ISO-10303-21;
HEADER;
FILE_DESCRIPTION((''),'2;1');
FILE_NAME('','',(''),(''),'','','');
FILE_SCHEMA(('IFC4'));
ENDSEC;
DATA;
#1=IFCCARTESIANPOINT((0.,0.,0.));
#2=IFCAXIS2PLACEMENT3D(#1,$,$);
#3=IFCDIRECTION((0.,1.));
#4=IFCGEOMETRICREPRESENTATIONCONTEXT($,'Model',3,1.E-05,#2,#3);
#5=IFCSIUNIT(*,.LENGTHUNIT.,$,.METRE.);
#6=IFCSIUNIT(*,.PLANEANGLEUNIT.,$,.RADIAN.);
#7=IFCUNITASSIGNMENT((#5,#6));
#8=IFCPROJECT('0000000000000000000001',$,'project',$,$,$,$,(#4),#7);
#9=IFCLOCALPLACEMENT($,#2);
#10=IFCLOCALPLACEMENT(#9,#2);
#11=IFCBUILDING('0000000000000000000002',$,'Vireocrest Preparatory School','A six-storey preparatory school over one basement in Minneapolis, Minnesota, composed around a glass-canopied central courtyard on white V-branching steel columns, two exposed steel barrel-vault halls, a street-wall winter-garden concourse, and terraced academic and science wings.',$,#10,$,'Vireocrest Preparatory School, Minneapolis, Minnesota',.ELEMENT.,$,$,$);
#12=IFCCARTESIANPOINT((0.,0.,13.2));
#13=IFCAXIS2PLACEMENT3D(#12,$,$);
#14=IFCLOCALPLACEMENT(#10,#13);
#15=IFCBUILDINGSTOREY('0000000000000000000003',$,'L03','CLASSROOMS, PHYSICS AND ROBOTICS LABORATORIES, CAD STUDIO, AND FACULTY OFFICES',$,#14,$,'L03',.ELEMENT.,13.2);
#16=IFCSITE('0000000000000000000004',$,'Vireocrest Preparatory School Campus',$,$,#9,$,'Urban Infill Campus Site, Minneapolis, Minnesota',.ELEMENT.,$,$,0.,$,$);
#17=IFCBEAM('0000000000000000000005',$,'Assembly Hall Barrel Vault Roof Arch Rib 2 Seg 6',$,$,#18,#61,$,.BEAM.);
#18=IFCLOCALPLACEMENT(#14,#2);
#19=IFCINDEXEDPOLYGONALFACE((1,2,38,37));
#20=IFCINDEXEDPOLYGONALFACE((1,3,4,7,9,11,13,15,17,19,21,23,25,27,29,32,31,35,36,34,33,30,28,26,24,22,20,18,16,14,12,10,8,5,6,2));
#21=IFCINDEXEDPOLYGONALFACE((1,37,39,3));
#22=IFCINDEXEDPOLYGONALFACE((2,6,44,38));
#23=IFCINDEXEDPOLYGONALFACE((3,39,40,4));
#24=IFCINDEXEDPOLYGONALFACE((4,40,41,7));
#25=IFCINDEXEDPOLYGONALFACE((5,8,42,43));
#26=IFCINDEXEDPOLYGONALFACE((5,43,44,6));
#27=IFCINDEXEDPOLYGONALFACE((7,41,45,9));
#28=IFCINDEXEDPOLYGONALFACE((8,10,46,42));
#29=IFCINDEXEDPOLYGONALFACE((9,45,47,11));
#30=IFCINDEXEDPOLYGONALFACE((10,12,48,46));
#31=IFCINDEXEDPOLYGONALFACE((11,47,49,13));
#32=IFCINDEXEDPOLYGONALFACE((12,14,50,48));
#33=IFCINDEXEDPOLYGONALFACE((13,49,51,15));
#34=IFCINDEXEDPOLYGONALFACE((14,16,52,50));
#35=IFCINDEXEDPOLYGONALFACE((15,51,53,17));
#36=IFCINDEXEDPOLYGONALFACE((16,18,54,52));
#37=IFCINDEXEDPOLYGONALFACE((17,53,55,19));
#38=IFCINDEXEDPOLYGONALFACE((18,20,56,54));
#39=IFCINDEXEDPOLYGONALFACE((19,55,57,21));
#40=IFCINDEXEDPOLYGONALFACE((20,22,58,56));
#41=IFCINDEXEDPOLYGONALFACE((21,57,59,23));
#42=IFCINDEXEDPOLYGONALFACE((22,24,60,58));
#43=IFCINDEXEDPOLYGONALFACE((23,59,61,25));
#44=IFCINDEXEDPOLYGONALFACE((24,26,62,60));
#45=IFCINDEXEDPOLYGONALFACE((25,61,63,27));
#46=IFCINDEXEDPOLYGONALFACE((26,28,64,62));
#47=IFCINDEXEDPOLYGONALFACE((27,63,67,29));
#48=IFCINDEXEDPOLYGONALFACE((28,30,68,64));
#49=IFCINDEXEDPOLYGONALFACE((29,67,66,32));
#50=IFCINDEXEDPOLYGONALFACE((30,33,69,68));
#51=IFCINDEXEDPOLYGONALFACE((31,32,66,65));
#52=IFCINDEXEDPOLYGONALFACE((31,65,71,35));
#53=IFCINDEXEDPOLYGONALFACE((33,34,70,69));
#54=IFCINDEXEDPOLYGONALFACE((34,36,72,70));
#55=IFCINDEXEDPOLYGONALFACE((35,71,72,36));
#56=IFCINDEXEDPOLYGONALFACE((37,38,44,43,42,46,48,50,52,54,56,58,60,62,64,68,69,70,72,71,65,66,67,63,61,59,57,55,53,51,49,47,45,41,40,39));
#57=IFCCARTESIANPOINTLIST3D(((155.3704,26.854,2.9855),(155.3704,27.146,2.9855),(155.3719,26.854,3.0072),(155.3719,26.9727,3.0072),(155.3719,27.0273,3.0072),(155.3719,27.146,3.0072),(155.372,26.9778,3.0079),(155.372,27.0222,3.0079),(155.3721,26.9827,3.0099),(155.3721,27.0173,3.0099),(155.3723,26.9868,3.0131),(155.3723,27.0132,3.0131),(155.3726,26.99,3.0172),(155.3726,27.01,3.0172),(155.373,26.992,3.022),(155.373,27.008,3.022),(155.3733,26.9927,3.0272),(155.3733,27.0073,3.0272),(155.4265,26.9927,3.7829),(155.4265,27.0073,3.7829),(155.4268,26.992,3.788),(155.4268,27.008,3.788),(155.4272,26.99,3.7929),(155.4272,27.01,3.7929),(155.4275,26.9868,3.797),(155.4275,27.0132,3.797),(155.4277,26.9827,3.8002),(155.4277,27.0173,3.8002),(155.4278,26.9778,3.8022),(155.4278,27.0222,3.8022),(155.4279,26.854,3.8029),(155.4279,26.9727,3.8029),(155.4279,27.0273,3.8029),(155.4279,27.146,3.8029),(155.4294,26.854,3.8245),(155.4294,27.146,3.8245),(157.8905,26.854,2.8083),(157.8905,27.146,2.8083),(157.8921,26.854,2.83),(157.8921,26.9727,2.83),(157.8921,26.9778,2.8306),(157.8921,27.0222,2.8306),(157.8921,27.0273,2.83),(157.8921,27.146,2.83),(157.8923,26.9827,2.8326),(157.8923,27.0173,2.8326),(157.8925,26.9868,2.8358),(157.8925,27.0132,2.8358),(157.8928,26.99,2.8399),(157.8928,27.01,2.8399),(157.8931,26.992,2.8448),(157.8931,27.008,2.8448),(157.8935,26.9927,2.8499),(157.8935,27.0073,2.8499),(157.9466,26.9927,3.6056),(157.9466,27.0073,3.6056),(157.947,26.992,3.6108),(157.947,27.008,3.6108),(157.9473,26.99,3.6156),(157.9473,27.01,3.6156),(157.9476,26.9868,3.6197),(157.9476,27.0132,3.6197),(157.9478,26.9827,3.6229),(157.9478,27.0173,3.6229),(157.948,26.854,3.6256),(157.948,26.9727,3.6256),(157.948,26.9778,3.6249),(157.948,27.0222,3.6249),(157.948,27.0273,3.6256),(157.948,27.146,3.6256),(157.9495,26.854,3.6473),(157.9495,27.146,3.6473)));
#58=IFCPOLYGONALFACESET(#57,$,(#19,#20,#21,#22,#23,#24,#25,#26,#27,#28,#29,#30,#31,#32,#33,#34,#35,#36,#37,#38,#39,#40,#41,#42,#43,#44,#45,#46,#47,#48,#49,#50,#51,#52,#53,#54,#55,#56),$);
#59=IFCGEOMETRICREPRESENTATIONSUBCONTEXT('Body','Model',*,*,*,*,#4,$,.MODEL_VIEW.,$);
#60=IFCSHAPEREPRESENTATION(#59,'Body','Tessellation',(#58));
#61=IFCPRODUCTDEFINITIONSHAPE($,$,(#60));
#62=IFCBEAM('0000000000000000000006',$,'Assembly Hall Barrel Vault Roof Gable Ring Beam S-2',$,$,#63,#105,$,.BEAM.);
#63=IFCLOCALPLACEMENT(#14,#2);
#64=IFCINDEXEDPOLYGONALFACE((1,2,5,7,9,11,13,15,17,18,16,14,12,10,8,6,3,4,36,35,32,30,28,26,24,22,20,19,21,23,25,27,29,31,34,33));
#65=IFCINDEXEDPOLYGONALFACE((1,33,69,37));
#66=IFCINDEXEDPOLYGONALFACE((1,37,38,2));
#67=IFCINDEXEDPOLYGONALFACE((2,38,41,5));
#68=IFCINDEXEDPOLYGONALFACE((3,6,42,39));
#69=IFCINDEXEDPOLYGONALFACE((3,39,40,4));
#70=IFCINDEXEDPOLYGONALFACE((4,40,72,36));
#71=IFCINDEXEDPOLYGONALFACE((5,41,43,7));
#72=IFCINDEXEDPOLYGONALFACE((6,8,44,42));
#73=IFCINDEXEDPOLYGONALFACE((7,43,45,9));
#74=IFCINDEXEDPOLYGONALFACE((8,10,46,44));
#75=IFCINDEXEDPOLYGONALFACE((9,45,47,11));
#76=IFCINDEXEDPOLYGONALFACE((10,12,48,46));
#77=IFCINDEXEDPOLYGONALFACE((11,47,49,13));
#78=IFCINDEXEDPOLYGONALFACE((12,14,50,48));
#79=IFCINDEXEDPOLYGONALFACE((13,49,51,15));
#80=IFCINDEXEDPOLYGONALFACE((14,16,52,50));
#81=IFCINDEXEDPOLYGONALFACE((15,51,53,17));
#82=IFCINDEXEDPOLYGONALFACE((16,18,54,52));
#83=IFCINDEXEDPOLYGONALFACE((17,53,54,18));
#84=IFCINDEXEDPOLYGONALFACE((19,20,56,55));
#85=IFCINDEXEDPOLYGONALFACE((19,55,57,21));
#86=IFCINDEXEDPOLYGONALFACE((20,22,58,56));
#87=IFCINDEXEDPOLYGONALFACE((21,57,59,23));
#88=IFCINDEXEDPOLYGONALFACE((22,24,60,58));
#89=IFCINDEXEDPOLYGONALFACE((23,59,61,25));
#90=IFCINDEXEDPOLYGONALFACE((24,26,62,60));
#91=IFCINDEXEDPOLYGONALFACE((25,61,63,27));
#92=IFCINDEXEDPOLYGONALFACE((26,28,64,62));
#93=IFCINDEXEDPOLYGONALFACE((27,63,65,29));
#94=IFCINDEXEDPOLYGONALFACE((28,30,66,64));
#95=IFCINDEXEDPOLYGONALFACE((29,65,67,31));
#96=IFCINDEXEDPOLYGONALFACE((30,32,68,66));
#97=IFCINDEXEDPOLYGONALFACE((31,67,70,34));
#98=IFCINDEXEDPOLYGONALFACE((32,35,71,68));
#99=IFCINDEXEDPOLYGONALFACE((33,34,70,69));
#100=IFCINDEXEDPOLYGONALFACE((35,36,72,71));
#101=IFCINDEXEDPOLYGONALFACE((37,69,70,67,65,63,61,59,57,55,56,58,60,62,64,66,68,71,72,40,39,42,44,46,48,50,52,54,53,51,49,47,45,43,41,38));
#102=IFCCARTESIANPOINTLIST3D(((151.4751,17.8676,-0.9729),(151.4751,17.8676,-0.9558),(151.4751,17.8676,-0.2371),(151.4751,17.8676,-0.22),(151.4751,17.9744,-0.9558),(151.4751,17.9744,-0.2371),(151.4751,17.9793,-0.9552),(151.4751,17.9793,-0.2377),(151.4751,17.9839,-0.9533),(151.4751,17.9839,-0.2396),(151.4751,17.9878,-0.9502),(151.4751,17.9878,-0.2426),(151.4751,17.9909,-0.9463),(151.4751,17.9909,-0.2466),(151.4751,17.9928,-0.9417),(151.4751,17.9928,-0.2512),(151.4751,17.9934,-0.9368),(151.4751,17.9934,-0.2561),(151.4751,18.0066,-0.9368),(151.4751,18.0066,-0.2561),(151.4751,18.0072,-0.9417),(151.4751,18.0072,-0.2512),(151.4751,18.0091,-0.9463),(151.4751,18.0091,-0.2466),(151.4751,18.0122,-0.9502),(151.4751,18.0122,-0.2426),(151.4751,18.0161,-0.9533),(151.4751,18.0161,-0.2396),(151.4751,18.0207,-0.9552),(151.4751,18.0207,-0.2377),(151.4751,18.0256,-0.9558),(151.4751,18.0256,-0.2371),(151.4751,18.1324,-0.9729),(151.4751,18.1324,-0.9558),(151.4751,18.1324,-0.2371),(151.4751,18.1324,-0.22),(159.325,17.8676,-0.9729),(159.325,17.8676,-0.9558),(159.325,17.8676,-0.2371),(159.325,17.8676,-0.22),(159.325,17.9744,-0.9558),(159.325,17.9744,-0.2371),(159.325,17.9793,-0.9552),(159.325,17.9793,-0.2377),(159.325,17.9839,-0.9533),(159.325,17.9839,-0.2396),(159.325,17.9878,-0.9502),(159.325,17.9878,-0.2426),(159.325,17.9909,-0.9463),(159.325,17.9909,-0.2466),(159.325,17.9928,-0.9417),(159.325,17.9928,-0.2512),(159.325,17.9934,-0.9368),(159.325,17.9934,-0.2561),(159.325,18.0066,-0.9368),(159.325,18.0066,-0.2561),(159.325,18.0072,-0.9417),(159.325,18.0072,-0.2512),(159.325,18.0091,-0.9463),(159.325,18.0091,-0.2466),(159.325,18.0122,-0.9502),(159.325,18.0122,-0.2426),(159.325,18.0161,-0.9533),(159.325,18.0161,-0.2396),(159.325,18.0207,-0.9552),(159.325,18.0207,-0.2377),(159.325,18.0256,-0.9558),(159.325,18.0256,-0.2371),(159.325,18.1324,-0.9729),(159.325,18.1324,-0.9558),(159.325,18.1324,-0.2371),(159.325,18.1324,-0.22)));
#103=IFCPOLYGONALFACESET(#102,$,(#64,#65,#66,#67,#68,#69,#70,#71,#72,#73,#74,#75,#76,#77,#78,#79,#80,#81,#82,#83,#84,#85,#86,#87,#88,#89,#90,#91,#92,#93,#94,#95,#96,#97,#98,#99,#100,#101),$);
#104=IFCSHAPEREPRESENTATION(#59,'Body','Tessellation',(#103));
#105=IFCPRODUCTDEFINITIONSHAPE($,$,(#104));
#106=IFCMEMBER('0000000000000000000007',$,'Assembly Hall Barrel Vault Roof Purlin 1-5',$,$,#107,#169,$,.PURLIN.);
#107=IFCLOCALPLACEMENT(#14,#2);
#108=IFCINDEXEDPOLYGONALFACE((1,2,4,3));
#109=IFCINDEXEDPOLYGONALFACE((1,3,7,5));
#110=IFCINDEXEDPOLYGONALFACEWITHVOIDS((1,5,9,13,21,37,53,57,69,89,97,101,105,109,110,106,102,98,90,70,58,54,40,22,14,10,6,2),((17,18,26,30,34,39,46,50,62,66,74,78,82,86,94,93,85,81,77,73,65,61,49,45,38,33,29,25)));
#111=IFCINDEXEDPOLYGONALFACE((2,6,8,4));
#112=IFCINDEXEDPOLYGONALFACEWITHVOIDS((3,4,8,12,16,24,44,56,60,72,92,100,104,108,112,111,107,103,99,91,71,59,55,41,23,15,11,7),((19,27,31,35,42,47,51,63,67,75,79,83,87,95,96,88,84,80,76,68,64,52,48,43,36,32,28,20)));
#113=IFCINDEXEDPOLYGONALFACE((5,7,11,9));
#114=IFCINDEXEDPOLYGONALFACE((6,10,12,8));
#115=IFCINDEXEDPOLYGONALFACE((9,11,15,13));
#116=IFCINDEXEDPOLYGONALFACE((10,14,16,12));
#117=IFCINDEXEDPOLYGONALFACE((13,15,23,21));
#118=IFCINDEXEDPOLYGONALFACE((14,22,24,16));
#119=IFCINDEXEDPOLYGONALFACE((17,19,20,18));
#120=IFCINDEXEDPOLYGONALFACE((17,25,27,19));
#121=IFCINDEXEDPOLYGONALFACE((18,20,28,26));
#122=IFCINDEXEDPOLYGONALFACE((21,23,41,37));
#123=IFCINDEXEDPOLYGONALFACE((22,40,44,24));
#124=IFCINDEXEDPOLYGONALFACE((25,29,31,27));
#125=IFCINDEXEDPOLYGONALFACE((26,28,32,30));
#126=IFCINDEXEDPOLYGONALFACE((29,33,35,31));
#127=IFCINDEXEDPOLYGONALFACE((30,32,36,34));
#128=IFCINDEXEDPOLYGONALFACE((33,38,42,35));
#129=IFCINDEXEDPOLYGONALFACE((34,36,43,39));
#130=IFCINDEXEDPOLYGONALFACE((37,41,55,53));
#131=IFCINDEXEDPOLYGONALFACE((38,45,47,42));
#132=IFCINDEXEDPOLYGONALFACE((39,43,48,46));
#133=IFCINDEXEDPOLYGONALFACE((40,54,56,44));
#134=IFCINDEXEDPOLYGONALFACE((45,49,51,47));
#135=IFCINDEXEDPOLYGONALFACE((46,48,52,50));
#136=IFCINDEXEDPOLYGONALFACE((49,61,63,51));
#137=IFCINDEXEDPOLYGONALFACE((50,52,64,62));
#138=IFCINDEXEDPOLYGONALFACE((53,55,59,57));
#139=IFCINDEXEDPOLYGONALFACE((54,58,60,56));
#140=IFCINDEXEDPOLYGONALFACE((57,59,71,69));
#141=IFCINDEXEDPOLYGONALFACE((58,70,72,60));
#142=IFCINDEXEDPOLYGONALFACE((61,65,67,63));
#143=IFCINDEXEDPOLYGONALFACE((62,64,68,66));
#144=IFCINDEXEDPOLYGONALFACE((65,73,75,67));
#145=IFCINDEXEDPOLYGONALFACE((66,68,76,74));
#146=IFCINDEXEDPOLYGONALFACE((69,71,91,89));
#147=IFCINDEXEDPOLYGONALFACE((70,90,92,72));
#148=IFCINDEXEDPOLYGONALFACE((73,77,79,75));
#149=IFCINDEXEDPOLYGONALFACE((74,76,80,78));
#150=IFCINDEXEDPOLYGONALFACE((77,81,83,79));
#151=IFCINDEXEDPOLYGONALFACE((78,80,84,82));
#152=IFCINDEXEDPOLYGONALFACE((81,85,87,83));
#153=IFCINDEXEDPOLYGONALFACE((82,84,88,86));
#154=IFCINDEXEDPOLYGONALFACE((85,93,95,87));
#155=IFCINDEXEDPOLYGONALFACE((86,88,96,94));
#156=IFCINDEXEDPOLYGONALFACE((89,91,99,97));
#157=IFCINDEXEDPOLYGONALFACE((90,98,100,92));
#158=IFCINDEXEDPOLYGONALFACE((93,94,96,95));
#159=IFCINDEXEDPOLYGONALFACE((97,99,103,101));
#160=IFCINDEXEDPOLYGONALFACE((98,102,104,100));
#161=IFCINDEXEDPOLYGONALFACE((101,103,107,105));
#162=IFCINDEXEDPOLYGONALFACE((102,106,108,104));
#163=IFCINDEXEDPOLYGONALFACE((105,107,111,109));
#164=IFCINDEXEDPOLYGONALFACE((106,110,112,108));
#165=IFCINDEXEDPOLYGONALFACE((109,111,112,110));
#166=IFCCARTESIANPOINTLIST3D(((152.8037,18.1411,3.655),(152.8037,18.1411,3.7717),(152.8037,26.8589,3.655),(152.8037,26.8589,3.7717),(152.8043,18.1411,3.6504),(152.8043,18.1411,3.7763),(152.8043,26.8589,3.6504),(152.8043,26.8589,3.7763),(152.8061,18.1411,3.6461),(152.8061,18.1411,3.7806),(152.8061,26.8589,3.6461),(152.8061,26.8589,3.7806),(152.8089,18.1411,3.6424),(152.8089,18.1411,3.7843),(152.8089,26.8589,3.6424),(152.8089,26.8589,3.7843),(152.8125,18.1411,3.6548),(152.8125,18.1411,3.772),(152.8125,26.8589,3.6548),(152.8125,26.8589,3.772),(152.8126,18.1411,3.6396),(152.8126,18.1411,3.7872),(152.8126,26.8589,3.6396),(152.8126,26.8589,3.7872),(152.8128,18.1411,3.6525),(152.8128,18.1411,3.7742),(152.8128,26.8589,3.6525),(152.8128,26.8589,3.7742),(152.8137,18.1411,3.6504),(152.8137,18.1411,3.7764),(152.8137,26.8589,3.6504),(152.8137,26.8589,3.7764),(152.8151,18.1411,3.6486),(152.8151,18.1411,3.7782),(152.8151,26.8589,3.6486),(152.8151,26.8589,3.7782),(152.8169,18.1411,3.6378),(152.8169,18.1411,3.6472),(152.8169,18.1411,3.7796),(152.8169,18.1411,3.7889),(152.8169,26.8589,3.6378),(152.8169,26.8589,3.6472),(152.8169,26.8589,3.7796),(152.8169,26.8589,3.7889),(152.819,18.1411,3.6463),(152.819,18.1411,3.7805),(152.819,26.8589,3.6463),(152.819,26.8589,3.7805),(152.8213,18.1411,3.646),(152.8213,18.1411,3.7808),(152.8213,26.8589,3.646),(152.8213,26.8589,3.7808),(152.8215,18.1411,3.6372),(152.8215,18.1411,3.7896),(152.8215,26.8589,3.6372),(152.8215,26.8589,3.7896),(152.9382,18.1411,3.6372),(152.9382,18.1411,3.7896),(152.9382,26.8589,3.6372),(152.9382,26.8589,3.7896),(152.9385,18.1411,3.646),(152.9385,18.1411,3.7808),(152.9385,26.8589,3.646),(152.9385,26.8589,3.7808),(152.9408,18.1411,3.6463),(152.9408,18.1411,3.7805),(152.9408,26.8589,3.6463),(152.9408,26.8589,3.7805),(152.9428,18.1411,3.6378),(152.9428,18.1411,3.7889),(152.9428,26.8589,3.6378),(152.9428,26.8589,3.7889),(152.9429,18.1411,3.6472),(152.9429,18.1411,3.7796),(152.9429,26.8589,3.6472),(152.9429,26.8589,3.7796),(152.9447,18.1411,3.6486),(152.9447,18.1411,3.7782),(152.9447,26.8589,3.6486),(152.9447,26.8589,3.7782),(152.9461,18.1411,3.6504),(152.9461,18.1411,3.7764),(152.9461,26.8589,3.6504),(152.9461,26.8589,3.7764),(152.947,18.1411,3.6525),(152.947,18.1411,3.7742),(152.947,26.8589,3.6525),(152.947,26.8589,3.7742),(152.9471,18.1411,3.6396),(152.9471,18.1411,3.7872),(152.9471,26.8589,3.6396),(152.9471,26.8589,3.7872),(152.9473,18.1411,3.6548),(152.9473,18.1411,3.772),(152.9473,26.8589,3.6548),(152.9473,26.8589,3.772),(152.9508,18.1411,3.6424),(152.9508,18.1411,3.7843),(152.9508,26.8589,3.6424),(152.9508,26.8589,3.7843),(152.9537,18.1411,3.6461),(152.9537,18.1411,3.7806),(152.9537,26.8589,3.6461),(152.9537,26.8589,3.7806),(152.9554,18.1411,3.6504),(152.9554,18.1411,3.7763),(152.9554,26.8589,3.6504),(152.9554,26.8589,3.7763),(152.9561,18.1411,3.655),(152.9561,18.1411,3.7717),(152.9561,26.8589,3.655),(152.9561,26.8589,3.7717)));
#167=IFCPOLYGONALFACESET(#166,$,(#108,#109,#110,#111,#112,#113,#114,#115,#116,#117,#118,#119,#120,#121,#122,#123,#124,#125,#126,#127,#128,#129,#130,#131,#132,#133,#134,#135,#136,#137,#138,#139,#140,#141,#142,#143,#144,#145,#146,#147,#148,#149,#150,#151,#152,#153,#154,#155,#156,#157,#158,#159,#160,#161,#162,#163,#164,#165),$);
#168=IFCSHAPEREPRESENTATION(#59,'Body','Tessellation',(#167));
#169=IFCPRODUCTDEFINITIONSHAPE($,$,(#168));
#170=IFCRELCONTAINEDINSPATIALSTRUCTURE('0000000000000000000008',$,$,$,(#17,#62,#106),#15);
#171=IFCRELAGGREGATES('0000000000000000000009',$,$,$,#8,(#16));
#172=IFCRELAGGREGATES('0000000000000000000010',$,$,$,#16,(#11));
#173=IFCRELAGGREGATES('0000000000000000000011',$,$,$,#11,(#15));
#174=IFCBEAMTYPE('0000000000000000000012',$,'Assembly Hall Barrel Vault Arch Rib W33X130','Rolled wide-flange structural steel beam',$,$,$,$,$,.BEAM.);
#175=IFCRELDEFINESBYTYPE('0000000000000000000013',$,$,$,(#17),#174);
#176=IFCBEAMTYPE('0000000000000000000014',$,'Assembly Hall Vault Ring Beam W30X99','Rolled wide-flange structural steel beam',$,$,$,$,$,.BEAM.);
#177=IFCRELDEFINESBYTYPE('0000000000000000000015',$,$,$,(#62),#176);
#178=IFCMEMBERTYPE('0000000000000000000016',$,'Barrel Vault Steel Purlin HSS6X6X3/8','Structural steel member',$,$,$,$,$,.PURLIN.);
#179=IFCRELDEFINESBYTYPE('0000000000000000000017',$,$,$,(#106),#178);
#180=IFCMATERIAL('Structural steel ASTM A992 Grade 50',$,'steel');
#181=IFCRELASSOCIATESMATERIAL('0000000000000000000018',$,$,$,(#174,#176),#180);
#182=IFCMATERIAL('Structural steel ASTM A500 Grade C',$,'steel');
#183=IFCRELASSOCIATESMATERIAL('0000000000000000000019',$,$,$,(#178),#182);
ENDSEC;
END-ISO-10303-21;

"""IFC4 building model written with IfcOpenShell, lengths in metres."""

from ifc_helpers import new_model, si_unit, direction, frame, origin, origin_2d, place, context, subcontext, project, spatial, hollow_rectangle, i_section, extrude, material, material_profile, profile_set, type_object, element, save


model = new_model("IFC4")

# Units and contexts
model_context = context("Model", 3, precision=1e-05, world=origin(), true_north=direction((0.0, 1.0)))
body_context = subcontext(model_context, "Body", "Model", "MODEL_VIEW")
ifc_project = project(units=[si_unit("LENGTHUNIT", "METRE"), si_unit("PLANEANGLEUNIT", "RADIAN")], contexts=[model_context])

# Site, building, storey
site_placement = place(None, origin())
site = spatial("IfcSite", under=ifc_project, at=site_placement, Name="Vireocrest Preparatory School Campus", LongName="Urban Infill Campus Site, Minneapolis, Minnesota", CompositionType="ELEMENT", RefElevation=0.0)
building_placement = place(site_placement, origin())
building = spatial("IfcBuilding", under=site, at=building_placement, Name="Vireocrest Preparatory School", Description="A six-storey preparatory school over one basement in Minneapolis, Minnesota, composed around a glass-canopied central courtyard on white V-branching steel columns, two exposed steel barrel-vault halls, a street-wall winter-garden concourse, and terraced academic and science wings.", LongName="Vireocrest Preparatory School, Minneapolis, Minnesota", CompositionType="ELEMENT")
storey_placement = place(building_placement, frame((0.0, 0.0, 13.2)))
storey = spatial("IfcBuildingStorey", under=building, at=storey_placement, Name="L03", Description="CLASSROOMS, PHYSICS AND ROBOTICS LABORATORIES, CAD STUDIO, AND FACULTY OFFICES", LongName="L03", CompositionType="ELEMENT", Elevation=13.2)

# Beams
ifc_material_1 = material(Name="Structural steel ASTM A992 Grade 50", Category="steel")
ifc_material_profile_1 = material_profile(ifc_material_1, i_section(OverallWidth=0.292, OverallDepth=0.8411, WebThickness=0.0146, FlangeThickness=0.0217, FilletRadius=0.02, at=origin_2d()), Name="W33X130")
ifc_profile_set_1 = profile_set([ifc_material_profile_1], Name="Structural steel ASTM A992 Grade 50")
beam_type_1 = type_object("IfcBeamType", Name="Assembly Hall Barrel Vault Arch Rib W33X130", Description="Rolled wide-flange structural steel beam", PredefinedType="BEAM", material=ifc_profile_set_1)
for number, where, z_axis, x_axis, name in (
    (1, (155.3999, 27.0, 3.405), (0.997536, 0.0, -0.070162), (0.0, 1.0, 0.0), "Assembly Hall Barrel Vault Roof Arch Rib 2 Seg 6"),
):
    element("IfcBeam", number, at=place(storey_placement, frame(where, z_axis=z_axis, x_axis=x_axis)), inside=storey, type_object=beam_type_1, Name=name, PredefinedType="BEAM", context=body_context, shape_type="SweptSolid", body=[
        extrude(i_section(OverallWidth=0.292, OverallDepth=0.8411, WebThickness=0.0146, FlangeThickness=0.0217, FilletRadius=0.02, at=origin_2d()), origin(), (0.0, 0.0, 1.0), 2.5264),
    ])
ifc_material_profile_2 = material_profile(ifc_material_1, i_section(OverallWidth=0.2649, OverallDepth=0.7529, WebThickness=0.0132, FlangeThickness=0.0171, FilletRadius=0.019, at=origin_2d()), Name="W30X99")
ifc_profile_set_2 = profile_set([ifc_material_profile_2], Name="Structural steel ASTM A992 Grade 50")
beam_type_2 = type_object("IfcBeamType", Name="Assembly Hall Vault Ring Beam W30X99", Description="Rolled wide-flange structural steel beam", PredefinedType="BEAM", material=ifc_profile_set_2)
beam_1_placement = place(storey_placement, frame((151.4751, 18.0, -0.5964), z_axis=(1.0, 0.0, 0.0), x_axis=(0.0, 1.0, 0.0)))
element("IfcBeam", 2, at=beam_1_placement, inside=storey, type_object=beam_type_2, Name="Assembly Hall Barrel Vault Roof Gable Ring Beam S-2", PredefinedType="BEAM", context=body_context, shape_type="SweptSolid", body=[
    extrude(i_section(OverallWidth=0.2649, OverallDepth=0.7529, WebThickness=0.0132, FlangeThickness=0.0171, FilletRadius=0.019, at=origin_2d()), origin(), (0.0, 0.0, 1.0), 7.8499),
])

# Member
ifc_material_2 = material(Name="Structural steel ASTM A500 Grade C", Category="steel")
ifc_material_profile_3 = material_profile(ifc_material_2, hollow_rectangle(XDim=0.1523, YDim=0.1523, WallThickness=0.0088, InnerFilletRadius=0.0088, OuterFilletRadius=0.0178, at=origin_2d()), Name="HSS6X6X3/8")
ifc_profile_set_3 = profile_set([ifc_material_profile_3], Name="Structural steel ASTM A500 Grade C")
member_type_1 = type_object("IfcMemberType", Name="Barrel Vault Steel Purlin HSS6X6X3/8", Description="Structural steel member", PredefinedType="PURLIN", material=ifc_profile_set_3)
for number, where, z_axis, x_axis, name in (
    (3, (152.8799, 18.1411, 3.7134), (0.0, 1.0, 0.0), (-1.0, 0.0, 0.0), "Assembly Hall Barrel Vault Roof Purlin 1-5"),
):
    element("IfcMember", number, at=place(storey_placement, frame(where, z_axis=z_axis, x_axis=x_axis)), inside=storey, type_object=member_type_1, Name=name, PredefinedType="PURLIN", context=body_context, shape_type="SweptSolid", body=[
        extrude(hollow_rectangle(XDim=0.1523, YDim=0.1523, WallThickness=0.0088, InnerFilletRadius=0.0088, OuterFilletRadius=0.0178, at=origin_2d()), origin(), (0.0, 0.0, 1.0), 8.7178),
    ])

save(model, "model.ifc")
